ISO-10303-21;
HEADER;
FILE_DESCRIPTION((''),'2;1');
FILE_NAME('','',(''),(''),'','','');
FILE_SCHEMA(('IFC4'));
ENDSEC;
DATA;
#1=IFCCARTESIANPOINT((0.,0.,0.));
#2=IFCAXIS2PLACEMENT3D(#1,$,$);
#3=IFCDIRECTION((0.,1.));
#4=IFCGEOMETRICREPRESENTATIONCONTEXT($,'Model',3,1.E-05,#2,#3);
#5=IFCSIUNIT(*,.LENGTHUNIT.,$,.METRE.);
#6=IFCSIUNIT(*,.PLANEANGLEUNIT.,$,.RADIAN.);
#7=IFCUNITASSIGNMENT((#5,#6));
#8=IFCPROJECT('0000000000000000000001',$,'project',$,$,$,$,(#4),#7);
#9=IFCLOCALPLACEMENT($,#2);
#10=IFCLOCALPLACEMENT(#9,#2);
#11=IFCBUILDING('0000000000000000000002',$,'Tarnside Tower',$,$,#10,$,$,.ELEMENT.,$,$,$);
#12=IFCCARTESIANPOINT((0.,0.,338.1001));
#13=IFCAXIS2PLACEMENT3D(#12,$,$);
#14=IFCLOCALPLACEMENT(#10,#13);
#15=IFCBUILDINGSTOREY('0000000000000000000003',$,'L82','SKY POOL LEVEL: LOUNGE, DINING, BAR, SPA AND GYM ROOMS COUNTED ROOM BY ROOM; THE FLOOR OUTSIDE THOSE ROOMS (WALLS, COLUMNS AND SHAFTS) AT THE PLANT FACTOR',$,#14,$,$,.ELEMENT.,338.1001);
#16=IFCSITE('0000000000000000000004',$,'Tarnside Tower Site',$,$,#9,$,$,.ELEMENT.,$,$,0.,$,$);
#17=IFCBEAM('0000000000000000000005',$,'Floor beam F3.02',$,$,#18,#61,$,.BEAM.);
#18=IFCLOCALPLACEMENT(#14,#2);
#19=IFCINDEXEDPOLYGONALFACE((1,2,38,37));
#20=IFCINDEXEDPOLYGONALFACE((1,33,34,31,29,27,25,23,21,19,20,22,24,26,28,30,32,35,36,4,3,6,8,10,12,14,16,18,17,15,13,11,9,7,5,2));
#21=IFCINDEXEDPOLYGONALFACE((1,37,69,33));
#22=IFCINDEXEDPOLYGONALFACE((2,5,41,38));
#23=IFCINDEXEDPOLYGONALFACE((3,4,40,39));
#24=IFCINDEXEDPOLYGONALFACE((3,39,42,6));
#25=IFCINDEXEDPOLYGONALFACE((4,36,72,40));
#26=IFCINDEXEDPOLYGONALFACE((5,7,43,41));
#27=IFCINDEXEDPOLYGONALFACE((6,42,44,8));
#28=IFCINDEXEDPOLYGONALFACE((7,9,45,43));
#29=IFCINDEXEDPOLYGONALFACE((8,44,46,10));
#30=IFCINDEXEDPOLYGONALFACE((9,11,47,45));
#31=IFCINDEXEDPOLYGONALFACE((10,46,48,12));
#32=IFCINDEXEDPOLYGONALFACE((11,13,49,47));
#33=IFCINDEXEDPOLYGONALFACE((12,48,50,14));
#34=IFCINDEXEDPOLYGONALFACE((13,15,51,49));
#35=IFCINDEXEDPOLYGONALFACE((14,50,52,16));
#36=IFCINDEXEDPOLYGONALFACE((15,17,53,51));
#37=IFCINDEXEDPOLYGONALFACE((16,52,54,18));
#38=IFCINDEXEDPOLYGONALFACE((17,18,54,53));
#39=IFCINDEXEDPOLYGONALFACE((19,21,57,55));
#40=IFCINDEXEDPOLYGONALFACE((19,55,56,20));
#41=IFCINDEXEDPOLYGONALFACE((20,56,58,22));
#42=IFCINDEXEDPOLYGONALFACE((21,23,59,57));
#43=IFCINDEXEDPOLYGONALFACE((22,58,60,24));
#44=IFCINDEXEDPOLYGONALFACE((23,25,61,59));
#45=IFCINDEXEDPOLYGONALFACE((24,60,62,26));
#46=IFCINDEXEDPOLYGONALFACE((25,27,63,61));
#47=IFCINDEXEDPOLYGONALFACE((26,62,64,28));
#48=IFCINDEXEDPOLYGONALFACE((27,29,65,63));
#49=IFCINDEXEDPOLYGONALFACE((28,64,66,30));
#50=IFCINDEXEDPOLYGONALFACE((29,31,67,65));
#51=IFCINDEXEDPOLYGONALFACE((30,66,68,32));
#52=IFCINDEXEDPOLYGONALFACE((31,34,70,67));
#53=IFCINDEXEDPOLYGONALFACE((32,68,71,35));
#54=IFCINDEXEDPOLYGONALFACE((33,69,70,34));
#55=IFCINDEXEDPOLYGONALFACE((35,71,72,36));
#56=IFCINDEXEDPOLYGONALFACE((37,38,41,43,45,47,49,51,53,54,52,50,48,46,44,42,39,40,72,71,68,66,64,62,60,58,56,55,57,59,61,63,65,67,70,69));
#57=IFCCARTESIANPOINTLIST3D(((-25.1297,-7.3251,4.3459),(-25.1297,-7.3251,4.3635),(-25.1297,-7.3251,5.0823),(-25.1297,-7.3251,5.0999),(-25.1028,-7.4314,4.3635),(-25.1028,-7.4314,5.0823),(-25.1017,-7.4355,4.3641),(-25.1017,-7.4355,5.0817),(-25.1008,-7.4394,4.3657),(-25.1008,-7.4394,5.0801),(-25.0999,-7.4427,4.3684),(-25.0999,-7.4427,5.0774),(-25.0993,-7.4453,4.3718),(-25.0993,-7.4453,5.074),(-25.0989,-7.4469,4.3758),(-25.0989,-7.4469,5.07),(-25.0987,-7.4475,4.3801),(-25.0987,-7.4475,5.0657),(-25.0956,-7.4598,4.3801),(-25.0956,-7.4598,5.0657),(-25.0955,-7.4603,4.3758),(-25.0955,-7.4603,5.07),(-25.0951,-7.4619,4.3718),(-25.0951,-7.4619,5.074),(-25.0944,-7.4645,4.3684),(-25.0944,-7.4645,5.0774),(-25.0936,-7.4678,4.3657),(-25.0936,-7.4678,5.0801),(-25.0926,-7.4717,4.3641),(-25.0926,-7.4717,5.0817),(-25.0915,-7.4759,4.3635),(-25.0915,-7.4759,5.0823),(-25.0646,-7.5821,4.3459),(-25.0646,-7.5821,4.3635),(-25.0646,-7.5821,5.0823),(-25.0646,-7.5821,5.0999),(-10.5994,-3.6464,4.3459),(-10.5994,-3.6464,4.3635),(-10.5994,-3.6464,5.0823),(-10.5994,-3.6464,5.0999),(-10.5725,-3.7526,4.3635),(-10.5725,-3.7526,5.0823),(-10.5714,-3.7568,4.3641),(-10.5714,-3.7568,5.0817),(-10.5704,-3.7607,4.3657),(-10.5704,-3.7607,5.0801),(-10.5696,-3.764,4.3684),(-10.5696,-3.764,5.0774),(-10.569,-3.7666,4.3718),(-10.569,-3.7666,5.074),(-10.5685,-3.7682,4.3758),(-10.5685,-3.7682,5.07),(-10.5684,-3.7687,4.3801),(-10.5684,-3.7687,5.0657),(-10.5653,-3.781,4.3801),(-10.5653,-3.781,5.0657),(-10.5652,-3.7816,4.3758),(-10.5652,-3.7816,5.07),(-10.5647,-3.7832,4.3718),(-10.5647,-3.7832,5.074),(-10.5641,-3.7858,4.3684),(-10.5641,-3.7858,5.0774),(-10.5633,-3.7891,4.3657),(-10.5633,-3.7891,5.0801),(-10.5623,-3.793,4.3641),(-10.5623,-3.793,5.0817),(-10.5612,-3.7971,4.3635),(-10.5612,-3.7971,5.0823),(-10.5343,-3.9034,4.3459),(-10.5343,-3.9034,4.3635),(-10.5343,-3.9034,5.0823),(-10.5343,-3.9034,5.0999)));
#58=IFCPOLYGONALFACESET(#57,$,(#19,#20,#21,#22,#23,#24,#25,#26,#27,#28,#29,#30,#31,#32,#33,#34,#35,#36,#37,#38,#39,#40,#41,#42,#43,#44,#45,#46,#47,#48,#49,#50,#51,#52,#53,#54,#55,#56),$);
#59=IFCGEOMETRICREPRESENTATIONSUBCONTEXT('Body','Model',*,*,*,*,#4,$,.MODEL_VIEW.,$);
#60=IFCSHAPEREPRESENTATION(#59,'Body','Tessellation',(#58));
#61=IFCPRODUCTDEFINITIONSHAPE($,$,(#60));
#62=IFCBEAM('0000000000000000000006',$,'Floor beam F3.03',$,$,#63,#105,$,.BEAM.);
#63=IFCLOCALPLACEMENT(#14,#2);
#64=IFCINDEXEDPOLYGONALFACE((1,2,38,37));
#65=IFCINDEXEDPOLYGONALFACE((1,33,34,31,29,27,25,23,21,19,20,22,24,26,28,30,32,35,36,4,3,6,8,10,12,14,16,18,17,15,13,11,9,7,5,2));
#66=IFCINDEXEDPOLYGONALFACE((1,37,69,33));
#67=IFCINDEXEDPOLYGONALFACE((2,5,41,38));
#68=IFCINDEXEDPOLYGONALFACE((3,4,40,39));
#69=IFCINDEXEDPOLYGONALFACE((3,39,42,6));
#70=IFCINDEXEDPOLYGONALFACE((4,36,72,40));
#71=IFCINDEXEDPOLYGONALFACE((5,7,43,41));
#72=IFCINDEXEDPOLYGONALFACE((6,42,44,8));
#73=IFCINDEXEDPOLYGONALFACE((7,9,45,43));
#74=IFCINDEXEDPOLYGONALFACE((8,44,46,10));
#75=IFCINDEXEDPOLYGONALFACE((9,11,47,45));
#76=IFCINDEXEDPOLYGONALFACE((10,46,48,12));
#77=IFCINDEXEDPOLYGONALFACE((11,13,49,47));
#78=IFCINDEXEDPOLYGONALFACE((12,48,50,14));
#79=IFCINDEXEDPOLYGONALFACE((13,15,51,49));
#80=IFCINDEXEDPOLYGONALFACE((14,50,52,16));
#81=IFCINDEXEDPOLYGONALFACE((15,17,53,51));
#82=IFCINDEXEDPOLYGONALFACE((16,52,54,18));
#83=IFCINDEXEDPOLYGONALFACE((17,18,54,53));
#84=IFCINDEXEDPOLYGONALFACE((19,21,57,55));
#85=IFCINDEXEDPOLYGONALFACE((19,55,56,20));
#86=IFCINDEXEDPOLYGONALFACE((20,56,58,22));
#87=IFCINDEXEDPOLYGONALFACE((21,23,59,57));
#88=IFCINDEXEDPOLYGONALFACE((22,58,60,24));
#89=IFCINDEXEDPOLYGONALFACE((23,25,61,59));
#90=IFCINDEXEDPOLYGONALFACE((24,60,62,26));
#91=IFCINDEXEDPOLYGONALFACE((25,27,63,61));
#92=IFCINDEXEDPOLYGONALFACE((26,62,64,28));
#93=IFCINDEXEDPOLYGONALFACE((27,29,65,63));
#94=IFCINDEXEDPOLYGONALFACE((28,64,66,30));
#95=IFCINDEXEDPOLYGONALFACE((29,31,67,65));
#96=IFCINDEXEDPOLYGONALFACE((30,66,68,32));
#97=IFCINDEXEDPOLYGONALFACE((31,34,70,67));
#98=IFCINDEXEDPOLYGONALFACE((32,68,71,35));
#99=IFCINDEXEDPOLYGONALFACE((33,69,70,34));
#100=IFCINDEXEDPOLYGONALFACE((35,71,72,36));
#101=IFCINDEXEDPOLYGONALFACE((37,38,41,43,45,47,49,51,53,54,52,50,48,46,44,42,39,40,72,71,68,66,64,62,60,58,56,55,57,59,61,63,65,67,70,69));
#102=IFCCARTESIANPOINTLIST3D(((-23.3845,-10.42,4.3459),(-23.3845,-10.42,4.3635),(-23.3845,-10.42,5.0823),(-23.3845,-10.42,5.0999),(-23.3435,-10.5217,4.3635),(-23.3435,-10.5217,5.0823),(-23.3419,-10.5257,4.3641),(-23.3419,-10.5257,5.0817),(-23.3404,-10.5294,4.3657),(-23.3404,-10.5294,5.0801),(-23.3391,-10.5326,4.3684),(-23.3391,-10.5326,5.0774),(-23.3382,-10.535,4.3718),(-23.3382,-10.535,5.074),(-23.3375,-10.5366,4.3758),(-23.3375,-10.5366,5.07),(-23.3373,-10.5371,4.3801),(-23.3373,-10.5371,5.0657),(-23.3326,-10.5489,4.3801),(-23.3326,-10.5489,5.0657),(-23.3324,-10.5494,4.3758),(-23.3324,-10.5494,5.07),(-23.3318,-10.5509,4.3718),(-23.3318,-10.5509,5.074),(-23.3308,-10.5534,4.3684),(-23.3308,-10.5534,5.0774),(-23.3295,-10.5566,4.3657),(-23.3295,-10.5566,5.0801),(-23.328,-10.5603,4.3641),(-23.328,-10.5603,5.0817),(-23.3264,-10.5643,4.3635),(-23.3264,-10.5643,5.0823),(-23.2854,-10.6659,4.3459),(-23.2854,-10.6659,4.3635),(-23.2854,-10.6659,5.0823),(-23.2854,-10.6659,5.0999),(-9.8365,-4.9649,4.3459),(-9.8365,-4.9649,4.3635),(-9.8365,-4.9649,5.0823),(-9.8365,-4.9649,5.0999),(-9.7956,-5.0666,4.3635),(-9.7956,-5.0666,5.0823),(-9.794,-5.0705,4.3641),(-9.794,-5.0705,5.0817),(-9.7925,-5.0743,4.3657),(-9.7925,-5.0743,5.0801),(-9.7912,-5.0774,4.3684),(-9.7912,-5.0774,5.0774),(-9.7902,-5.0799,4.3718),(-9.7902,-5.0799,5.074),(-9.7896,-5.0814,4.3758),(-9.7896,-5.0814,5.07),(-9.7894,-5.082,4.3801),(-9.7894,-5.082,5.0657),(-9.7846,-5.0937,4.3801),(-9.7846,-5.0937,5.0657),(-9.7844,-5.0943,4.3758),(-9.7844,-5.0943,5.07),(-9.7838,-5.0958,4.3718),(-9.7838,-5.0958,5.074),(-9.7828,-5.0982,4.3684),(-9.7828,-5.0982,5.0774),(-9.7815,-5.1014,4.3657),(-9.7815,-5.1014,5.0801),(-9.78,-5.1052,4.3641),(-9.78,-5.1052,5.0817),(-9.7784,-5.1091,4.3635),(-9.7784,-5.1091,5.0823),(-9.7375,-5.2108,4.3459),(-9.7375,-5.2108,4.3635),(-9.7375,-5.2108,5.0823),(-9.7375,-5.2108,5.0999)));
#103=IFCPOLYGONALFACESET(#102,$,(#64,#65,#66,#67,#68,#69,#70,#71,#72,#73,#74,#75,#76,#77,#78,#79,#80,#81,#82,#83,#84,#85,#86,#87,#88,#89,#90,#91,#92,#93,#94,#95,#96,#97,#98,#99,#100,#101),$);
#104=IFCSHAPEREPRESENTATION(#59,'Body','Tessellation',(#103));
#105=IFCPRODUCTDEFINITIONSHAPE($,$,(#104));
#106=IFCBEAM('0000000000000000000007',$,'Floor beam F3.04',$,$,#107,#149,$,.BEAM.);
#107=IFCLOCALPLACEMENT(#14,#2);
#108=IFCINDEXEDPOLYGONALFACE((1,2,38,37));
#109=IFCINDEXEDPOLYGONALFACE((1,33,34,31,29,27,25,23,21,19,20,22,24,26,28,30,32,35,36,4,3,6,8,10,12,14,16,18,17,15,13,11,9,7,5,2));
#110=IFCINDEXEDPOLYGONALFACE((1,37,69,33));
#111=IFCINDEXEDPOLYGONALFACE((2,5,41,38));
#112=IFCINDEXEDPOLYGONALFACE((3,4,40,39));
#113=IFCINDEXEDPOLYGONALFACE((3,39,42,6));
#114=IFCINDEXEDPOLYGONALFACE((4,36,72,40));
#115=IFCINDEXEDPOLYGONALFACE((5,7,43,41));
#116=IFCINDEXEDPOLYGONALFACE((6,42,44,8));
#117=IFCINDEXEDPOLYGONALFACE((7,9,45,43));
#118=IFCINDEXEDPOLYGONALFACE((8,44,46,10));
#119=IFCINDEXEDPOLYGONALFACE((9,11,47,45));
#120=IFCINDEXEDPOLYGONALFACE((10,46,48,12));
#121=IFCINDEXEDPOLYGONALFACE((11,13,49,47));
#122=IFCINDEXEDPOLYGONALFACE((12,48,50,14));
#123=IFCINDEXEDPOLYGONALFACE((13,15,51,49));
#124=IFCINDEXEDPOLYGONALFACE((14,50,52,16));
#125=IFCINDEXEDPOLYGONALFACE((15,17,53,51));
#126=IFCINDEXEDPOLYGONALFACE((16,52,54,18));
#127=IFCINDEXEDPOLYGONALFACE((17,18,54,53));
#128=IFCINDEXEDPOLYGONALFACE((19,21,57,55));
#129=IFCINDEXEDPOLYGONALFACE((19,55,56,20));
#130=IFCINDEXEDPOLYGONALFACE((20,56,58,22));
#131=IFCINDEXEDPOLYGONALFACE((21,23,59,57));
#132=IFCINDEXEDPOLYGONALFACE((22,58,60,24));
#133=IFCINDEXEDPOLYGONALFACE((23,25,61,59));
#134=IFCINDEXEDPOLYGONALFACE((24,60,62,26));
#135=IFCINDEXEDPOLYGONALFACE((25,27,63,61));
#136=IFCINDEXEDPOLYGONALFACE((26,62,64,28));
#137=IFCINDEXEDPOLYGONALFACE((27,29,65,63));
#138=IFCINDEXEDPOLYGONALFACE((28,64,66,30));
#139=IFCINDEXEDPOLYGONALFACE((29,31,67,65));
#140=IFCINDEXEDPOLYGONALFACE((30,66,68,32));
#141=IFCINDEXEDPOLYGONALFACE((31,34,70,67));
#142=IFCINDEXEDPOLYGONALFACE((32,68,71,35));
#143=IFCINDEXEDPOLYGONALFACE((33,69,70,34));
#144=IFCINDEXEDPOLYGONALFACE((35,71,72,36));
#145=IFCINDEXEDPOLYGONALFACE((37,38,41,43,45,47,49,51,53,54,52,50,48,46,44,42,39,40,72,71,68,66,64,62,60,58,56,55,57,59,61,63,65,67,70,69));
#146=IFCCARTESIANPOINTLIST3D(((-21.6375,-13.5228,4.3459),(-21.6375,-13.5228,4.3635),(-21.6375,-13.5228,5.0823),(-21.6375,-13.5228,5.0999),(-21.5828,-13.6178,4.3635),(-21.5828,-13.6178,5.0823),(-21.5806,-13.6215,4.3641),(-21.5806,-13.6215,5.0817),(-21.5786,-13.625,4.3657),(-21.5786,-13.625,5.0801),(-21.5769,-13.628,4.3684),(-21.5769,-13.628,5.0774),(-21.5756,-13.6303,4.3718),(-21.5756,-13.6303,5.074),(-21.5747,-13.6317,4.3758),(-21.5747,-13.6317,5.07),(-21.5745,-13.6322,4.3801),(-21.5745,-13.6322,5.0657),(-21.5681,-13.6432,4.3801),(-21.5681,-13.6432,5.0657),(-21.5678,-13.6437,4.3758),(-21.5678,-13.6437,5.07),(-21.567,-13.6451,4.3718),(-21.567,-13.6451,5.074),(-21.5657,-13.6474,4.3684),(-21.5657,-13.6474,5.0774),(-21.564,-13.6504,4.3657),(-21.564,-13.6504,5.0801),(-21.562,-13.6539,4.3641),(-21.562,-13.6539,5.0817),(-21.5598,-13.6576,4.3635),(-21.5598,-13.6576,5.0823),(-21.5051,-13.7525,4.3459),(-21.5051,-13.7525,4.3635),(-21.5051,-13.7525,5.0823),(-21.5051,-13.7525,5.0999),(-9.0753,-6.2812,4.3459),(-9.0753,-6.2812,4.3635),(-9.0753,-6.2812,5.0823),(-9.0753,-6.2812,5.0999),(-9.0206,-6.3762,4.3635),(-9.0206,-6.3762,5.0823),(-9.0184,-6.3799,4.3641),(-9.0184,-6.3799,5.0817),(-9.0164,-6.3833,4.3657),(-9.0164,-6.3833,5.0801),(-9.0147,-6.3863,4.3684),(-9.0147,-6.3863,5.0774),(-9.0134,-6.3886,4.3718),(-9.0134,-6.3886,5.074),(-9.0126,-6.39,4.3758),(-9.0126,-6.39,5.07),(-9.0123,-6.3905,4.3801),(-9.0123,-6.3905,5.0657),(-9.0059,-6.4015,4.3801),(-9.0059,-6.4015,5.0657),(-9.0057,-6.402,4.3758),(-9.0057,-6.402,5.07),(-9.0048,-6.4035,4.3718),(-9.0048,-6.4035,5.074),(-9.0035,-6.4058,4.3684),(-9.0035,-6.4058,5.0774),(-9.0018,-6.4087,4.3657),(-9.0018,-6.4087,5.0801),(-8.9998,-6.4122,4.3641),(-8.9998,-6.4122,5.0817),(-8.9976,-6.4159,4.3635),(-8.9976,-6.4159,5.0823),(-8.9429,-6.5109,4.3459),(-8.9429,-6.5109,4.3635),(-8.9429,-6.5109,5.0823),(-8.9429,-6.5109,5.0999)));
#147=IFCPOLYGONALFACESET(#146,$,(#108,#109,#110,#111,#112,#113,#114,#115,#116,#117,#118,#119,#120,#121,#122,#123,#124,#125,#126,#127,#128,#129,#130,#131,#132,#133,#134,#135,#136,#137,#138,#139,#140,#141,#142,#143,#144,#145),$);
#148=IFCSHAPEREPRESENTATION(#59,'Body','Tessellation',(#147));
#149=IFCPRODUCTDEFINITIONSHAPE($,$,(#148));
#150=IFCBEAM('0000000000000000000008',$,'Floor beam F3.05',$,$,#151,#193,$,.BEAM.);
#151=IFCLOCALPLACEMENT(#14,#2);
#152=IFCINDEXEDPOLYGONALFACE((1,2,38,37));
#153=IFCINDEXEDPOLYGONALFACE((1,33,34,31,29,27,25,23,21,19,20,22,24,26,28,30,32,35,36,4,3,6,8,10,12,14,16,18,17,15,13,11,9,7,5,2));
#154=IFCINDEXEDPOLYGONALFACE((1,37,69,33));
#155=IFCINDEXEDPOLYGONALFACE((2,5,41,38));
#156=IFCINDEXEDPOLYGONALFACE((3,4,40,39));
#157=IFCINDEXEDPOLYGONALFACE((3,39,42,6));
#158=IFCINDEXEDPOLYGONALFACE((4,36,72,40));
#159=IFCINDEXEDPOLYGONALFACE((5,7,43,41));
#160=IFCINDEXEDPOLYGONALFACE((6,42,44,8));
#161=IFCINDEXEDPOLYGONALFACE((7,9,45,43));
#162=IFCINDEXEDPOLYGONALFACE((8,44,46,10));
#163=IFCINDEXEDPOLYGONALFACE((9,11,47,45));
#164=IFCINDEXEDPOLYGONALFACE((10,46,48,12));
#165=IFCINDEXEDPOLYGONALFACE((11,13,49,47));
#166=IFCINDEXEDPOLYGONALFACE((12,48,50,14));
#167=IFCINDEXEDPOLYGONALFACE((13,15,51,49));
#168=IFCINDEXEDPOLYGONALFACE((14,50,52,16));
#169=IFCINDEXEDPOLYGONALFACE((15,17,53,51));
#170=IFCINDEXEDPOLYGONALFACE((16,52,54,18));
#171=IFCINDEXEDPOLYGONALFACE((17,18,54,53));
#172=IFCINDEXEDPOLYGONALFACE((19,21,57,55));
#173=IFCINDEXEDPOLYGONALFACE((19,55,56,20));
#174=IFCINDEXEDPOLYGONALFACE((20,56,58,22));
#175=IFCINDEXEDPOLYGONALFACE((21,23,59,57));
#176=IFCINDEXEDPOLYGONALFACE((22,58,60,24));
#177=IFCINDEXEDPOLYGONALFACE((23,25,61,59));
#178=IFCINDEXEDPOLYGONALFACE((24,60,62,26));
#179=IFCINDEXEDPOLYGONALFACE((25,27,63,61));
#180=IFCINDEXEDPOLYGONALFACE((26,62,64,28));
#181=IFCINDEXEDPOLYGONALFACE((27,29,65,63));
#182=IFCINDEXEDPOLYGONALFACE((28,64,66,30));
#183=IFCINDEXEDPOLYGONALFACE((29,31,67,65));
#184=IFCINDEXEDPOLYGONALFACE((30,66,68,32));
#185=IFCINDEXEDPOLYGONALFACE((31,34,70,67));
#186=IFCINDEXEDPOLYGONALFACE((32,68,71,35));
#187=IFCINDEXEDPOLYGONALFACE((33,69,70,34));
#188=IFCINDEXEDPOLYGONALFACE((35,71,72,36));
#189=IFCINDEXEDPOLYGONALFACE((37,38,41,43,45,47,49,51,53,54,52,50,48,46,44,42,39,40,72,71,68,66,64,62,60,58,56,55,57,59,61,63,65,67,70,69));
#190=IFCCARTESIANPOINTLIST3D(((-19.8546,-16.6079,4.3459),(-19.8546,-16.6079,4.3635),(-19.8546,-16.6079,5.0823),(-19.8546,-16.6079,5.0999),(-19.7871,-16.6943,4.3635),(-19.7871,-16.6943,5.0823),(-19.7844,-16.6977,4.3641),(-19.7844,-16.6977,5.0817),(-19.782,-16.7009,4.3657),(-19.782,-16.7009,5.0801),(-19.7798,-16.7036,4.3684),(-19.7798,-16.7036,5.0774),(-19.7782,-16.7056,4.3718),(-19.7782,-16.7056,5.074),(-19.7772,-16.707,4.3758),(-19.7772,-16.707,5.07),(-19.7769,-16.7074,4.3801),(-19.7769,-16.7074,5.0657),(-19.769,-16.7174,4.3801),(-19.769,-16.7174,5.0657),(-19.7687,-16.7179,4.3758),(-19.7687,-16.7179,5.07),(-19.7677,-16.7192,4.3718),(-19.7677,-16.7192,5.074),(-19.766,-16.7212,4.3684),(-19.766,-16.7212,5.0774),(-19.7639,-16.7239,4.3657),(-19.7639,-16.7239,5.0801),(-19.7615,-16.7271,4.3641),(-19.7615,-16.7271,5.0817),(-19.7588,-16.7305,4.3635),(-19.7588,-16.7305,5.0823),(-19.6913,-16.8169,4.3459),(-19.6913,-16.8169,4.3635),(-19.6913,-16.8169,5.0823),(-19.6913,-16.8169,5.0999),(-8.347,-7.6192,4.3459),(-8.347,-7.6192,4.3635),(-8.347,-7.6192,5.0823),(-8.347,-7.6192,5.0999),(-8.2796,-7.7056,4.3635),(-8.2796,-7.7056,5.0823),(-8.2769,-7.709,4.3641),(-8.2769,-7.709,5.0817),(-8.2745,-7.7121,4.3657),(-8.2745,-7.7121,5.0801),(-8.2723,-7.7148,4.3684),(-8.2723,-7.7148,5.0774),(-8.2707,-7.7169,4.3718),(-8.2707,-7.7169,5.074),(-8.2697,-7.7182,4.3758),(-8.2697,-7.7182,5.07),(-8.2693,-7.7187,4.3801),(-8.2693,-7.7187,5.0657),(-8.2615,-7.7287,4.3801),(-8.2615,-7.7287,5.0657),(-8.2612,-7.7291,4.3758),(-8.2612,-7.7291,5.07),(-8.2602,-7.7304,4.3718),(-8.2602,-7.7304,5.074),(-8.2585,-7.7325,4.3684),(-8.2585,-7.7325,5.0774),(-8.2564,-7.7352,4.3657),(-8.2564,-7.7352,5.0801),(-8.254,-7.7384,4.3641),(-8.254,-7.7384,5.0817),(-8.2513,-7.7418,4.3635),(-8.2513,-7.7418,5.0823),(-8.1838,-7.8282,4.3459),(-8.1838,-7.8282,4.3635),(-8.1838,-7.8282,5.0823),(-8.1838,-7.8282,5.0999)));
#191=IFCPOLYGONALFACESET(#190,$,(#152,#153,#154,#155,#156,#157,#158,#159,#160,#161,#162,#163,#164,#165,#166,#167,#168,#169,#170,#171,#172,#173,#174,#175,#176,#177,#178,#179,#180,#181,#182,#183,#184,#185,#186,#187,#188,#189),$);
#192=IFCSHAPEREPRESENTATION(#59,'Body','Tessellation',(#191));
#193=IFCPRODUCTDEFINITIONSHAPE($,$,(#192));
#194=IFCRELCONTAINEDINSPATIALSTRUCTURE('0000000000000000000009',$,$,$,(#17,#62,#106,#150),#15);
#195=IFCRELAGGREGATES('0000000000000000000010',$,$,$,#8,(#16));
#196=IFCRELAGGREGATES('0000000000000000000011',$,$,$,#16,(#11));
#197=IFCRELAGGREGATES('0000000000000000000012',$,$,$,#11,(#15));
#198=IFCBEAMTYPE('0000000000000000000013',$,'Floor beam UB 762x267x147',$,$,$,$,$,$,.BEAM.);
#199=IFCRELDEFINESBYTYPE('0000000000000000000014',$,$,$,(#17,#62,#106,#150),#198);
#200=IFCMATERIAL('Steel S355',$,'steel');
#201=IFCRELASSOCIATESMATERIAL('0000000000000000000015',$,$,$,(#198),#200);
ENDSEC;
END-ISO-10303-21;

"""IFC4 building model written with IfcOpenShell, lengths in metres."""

from ifc_helpers import new_model, si_unit, direction, frame, origin, origin_2d, place, context, subcontext, project, spatial, i_section, extrude, material, material_profile, profile_set, type_object, element, save


model = new_model("IFC4")

# Units and contexts
model_context = context("Model", 3, precision=1e-05, world=origin(), true_north=direction((0.0, 1.0)))
body_context = subcontext(model_context, "Body", "Model", "MODEL_VIEW")
ifc_project = project(units=[si_unit("LENGTHUNIT", "METRE"), si_unit("PLANEANGLEUNIT", "RADIAN")], contexts=[model_context])

# Site, building, storey
site_placement = place(None, origin())
site = spatial("IfcSite", under=ifc_project, at=site_placement, Name="Tarnside Tower Site", CompositionType="ELEMENT", RefElevation=0.0)
building_placement = place(site_placement, origin())
building = spatial("IfcBuilding", under=site, at=building_placement, Name="Tarnside Tower", CompositionType="ELEMENT")
storey_placement = place(building_placement, frame((0.0, 0.0, 338.1001)))
storey = spatial("IfcBuildingStorey", under=building, at=storey_placement, Name="L82", Description="SKY POOL LEVEL: LOUNGE, DINING, BAR, SPA AND GYM ROOMS COUNTED ROOM BY ROOM; THE FLOOR OUTSIDE THOSE ROOMS (WALLS, COLUMNS AND SHAFTS) AT THE PLANT FACTOR", CompositionType="ELEMENT", Elevation=338.1001)

# Beams
ifc_material_1 = material(Name="Steel S355", Category="steel")
ifc_material_profile = material_profile(ifc_material_1, i_section(OverallWidth=0.2651, OverallDepth=0.7539, WebThickness=0.0127, FlangeThickness=0.0176, FilletRadius=0.0166, at=origin_2d()), Name="UB 762x267x147")
ifc_profile_set = profile_set([ifc_material_profile], Name="Steel S355")
beam_type = type_object("IfcBeamType", Name="Floor beam UB 762x267x147", PredefinedType="BEAM", material=ifc_profile_set)
beam_1_placement = place(storey_placement, frame((-25.0972, -7.4536, 4.7229), z_axis=(0.969414, 0.245432, 0.0), x_axis=(-0.245432, 0.969414, 0.0)))
element("IfcBeam", 1, at=beam_1_placement, inside=storey, type_object=beam_type, Name="Floor beam F3.02", PredefinedType="BEAM", context=body_context, shape_type="SweptSolid", body=[
    extrude(i_section(OverallWidth=0.2651, OverallDepth=0.7539, WebThickness=0.0127, FlangeThickness=0.0176, FilletRadius=0.0166, at=origin_2d()), origin(), (0.0, 0.0, 1.0), 14.9888),
])
beam_2_placement = place(storey_placement, frame((-23.335, -10.543, 4.7229), z_axis=(0.927626, 0.373511, 0.0), x_axis=(-0.373511, 0.927626, 0.0)))
element("IfcBeam", 2, at=beam_2_placement, inside=storey, type_object=beam_type, Name="Floor beam F3.03", PredefinedType="BEAM", context=body_context, shape_type="SweptSolid", body=[
    extrude(i_section(OverallWidth=0.2651, OverallDepth=0.7539, WebThickness=0.0127, FlangeThickness=0.0176, FilletRadius=0.0166, at=origin_2d()), origin(), (0.0, 0.0, 1.0), 14.605),
])
beam_3_placement = place(storey_placement, frame((-21.5713, -13.6377, 4.7229), z_axis=(0.866357, 0.499425, 0.0), x_axis=(-0.499425, 0.866357, 0.0)))
element("IfcBeam", 3, at=beam_3_placement, inside=storey, type_object=beam_type, Name="Floor beam F3.04", PredefinedType="BEAM", context=body_context, shape_type="SweptSolid", body=[
    extrude(i_section(OverallWidth=0.2651, OverallDepth=0.7539, WebThickness=0.0127, FlangeThickness=0.0176, FilletRadius=0.0166, at=origin_2d()), origin(), (0.0, 0.0, 1.0), 14.5),
])
beam_4_placement = place(storey_placement, frame((-19.7729, -16.7124, 4.7229), z_axis=(0.788075, 0.615579, 0.0), x_axis=(-0.615579, 0.788075, 0.0)))
element("IfcBeam", 4, at=beam_4_placement, inside=storey, type_object=beam_type, Name="Floor beam F3.05", PredefinedType="BEAM", context=body_context, shape_type="SweptSolid", body=[
    extrude(i_section(OverallWidth=0.2651, OverallDepth=0.7539, WebThickness=0.0127, FlangeThickness=0.0176, FilletRadius=0.0166, at=origin_2d()), origin(), (0.0, 0.0, 1.0), 14.6021),
])

save(model, "model.ifc")
